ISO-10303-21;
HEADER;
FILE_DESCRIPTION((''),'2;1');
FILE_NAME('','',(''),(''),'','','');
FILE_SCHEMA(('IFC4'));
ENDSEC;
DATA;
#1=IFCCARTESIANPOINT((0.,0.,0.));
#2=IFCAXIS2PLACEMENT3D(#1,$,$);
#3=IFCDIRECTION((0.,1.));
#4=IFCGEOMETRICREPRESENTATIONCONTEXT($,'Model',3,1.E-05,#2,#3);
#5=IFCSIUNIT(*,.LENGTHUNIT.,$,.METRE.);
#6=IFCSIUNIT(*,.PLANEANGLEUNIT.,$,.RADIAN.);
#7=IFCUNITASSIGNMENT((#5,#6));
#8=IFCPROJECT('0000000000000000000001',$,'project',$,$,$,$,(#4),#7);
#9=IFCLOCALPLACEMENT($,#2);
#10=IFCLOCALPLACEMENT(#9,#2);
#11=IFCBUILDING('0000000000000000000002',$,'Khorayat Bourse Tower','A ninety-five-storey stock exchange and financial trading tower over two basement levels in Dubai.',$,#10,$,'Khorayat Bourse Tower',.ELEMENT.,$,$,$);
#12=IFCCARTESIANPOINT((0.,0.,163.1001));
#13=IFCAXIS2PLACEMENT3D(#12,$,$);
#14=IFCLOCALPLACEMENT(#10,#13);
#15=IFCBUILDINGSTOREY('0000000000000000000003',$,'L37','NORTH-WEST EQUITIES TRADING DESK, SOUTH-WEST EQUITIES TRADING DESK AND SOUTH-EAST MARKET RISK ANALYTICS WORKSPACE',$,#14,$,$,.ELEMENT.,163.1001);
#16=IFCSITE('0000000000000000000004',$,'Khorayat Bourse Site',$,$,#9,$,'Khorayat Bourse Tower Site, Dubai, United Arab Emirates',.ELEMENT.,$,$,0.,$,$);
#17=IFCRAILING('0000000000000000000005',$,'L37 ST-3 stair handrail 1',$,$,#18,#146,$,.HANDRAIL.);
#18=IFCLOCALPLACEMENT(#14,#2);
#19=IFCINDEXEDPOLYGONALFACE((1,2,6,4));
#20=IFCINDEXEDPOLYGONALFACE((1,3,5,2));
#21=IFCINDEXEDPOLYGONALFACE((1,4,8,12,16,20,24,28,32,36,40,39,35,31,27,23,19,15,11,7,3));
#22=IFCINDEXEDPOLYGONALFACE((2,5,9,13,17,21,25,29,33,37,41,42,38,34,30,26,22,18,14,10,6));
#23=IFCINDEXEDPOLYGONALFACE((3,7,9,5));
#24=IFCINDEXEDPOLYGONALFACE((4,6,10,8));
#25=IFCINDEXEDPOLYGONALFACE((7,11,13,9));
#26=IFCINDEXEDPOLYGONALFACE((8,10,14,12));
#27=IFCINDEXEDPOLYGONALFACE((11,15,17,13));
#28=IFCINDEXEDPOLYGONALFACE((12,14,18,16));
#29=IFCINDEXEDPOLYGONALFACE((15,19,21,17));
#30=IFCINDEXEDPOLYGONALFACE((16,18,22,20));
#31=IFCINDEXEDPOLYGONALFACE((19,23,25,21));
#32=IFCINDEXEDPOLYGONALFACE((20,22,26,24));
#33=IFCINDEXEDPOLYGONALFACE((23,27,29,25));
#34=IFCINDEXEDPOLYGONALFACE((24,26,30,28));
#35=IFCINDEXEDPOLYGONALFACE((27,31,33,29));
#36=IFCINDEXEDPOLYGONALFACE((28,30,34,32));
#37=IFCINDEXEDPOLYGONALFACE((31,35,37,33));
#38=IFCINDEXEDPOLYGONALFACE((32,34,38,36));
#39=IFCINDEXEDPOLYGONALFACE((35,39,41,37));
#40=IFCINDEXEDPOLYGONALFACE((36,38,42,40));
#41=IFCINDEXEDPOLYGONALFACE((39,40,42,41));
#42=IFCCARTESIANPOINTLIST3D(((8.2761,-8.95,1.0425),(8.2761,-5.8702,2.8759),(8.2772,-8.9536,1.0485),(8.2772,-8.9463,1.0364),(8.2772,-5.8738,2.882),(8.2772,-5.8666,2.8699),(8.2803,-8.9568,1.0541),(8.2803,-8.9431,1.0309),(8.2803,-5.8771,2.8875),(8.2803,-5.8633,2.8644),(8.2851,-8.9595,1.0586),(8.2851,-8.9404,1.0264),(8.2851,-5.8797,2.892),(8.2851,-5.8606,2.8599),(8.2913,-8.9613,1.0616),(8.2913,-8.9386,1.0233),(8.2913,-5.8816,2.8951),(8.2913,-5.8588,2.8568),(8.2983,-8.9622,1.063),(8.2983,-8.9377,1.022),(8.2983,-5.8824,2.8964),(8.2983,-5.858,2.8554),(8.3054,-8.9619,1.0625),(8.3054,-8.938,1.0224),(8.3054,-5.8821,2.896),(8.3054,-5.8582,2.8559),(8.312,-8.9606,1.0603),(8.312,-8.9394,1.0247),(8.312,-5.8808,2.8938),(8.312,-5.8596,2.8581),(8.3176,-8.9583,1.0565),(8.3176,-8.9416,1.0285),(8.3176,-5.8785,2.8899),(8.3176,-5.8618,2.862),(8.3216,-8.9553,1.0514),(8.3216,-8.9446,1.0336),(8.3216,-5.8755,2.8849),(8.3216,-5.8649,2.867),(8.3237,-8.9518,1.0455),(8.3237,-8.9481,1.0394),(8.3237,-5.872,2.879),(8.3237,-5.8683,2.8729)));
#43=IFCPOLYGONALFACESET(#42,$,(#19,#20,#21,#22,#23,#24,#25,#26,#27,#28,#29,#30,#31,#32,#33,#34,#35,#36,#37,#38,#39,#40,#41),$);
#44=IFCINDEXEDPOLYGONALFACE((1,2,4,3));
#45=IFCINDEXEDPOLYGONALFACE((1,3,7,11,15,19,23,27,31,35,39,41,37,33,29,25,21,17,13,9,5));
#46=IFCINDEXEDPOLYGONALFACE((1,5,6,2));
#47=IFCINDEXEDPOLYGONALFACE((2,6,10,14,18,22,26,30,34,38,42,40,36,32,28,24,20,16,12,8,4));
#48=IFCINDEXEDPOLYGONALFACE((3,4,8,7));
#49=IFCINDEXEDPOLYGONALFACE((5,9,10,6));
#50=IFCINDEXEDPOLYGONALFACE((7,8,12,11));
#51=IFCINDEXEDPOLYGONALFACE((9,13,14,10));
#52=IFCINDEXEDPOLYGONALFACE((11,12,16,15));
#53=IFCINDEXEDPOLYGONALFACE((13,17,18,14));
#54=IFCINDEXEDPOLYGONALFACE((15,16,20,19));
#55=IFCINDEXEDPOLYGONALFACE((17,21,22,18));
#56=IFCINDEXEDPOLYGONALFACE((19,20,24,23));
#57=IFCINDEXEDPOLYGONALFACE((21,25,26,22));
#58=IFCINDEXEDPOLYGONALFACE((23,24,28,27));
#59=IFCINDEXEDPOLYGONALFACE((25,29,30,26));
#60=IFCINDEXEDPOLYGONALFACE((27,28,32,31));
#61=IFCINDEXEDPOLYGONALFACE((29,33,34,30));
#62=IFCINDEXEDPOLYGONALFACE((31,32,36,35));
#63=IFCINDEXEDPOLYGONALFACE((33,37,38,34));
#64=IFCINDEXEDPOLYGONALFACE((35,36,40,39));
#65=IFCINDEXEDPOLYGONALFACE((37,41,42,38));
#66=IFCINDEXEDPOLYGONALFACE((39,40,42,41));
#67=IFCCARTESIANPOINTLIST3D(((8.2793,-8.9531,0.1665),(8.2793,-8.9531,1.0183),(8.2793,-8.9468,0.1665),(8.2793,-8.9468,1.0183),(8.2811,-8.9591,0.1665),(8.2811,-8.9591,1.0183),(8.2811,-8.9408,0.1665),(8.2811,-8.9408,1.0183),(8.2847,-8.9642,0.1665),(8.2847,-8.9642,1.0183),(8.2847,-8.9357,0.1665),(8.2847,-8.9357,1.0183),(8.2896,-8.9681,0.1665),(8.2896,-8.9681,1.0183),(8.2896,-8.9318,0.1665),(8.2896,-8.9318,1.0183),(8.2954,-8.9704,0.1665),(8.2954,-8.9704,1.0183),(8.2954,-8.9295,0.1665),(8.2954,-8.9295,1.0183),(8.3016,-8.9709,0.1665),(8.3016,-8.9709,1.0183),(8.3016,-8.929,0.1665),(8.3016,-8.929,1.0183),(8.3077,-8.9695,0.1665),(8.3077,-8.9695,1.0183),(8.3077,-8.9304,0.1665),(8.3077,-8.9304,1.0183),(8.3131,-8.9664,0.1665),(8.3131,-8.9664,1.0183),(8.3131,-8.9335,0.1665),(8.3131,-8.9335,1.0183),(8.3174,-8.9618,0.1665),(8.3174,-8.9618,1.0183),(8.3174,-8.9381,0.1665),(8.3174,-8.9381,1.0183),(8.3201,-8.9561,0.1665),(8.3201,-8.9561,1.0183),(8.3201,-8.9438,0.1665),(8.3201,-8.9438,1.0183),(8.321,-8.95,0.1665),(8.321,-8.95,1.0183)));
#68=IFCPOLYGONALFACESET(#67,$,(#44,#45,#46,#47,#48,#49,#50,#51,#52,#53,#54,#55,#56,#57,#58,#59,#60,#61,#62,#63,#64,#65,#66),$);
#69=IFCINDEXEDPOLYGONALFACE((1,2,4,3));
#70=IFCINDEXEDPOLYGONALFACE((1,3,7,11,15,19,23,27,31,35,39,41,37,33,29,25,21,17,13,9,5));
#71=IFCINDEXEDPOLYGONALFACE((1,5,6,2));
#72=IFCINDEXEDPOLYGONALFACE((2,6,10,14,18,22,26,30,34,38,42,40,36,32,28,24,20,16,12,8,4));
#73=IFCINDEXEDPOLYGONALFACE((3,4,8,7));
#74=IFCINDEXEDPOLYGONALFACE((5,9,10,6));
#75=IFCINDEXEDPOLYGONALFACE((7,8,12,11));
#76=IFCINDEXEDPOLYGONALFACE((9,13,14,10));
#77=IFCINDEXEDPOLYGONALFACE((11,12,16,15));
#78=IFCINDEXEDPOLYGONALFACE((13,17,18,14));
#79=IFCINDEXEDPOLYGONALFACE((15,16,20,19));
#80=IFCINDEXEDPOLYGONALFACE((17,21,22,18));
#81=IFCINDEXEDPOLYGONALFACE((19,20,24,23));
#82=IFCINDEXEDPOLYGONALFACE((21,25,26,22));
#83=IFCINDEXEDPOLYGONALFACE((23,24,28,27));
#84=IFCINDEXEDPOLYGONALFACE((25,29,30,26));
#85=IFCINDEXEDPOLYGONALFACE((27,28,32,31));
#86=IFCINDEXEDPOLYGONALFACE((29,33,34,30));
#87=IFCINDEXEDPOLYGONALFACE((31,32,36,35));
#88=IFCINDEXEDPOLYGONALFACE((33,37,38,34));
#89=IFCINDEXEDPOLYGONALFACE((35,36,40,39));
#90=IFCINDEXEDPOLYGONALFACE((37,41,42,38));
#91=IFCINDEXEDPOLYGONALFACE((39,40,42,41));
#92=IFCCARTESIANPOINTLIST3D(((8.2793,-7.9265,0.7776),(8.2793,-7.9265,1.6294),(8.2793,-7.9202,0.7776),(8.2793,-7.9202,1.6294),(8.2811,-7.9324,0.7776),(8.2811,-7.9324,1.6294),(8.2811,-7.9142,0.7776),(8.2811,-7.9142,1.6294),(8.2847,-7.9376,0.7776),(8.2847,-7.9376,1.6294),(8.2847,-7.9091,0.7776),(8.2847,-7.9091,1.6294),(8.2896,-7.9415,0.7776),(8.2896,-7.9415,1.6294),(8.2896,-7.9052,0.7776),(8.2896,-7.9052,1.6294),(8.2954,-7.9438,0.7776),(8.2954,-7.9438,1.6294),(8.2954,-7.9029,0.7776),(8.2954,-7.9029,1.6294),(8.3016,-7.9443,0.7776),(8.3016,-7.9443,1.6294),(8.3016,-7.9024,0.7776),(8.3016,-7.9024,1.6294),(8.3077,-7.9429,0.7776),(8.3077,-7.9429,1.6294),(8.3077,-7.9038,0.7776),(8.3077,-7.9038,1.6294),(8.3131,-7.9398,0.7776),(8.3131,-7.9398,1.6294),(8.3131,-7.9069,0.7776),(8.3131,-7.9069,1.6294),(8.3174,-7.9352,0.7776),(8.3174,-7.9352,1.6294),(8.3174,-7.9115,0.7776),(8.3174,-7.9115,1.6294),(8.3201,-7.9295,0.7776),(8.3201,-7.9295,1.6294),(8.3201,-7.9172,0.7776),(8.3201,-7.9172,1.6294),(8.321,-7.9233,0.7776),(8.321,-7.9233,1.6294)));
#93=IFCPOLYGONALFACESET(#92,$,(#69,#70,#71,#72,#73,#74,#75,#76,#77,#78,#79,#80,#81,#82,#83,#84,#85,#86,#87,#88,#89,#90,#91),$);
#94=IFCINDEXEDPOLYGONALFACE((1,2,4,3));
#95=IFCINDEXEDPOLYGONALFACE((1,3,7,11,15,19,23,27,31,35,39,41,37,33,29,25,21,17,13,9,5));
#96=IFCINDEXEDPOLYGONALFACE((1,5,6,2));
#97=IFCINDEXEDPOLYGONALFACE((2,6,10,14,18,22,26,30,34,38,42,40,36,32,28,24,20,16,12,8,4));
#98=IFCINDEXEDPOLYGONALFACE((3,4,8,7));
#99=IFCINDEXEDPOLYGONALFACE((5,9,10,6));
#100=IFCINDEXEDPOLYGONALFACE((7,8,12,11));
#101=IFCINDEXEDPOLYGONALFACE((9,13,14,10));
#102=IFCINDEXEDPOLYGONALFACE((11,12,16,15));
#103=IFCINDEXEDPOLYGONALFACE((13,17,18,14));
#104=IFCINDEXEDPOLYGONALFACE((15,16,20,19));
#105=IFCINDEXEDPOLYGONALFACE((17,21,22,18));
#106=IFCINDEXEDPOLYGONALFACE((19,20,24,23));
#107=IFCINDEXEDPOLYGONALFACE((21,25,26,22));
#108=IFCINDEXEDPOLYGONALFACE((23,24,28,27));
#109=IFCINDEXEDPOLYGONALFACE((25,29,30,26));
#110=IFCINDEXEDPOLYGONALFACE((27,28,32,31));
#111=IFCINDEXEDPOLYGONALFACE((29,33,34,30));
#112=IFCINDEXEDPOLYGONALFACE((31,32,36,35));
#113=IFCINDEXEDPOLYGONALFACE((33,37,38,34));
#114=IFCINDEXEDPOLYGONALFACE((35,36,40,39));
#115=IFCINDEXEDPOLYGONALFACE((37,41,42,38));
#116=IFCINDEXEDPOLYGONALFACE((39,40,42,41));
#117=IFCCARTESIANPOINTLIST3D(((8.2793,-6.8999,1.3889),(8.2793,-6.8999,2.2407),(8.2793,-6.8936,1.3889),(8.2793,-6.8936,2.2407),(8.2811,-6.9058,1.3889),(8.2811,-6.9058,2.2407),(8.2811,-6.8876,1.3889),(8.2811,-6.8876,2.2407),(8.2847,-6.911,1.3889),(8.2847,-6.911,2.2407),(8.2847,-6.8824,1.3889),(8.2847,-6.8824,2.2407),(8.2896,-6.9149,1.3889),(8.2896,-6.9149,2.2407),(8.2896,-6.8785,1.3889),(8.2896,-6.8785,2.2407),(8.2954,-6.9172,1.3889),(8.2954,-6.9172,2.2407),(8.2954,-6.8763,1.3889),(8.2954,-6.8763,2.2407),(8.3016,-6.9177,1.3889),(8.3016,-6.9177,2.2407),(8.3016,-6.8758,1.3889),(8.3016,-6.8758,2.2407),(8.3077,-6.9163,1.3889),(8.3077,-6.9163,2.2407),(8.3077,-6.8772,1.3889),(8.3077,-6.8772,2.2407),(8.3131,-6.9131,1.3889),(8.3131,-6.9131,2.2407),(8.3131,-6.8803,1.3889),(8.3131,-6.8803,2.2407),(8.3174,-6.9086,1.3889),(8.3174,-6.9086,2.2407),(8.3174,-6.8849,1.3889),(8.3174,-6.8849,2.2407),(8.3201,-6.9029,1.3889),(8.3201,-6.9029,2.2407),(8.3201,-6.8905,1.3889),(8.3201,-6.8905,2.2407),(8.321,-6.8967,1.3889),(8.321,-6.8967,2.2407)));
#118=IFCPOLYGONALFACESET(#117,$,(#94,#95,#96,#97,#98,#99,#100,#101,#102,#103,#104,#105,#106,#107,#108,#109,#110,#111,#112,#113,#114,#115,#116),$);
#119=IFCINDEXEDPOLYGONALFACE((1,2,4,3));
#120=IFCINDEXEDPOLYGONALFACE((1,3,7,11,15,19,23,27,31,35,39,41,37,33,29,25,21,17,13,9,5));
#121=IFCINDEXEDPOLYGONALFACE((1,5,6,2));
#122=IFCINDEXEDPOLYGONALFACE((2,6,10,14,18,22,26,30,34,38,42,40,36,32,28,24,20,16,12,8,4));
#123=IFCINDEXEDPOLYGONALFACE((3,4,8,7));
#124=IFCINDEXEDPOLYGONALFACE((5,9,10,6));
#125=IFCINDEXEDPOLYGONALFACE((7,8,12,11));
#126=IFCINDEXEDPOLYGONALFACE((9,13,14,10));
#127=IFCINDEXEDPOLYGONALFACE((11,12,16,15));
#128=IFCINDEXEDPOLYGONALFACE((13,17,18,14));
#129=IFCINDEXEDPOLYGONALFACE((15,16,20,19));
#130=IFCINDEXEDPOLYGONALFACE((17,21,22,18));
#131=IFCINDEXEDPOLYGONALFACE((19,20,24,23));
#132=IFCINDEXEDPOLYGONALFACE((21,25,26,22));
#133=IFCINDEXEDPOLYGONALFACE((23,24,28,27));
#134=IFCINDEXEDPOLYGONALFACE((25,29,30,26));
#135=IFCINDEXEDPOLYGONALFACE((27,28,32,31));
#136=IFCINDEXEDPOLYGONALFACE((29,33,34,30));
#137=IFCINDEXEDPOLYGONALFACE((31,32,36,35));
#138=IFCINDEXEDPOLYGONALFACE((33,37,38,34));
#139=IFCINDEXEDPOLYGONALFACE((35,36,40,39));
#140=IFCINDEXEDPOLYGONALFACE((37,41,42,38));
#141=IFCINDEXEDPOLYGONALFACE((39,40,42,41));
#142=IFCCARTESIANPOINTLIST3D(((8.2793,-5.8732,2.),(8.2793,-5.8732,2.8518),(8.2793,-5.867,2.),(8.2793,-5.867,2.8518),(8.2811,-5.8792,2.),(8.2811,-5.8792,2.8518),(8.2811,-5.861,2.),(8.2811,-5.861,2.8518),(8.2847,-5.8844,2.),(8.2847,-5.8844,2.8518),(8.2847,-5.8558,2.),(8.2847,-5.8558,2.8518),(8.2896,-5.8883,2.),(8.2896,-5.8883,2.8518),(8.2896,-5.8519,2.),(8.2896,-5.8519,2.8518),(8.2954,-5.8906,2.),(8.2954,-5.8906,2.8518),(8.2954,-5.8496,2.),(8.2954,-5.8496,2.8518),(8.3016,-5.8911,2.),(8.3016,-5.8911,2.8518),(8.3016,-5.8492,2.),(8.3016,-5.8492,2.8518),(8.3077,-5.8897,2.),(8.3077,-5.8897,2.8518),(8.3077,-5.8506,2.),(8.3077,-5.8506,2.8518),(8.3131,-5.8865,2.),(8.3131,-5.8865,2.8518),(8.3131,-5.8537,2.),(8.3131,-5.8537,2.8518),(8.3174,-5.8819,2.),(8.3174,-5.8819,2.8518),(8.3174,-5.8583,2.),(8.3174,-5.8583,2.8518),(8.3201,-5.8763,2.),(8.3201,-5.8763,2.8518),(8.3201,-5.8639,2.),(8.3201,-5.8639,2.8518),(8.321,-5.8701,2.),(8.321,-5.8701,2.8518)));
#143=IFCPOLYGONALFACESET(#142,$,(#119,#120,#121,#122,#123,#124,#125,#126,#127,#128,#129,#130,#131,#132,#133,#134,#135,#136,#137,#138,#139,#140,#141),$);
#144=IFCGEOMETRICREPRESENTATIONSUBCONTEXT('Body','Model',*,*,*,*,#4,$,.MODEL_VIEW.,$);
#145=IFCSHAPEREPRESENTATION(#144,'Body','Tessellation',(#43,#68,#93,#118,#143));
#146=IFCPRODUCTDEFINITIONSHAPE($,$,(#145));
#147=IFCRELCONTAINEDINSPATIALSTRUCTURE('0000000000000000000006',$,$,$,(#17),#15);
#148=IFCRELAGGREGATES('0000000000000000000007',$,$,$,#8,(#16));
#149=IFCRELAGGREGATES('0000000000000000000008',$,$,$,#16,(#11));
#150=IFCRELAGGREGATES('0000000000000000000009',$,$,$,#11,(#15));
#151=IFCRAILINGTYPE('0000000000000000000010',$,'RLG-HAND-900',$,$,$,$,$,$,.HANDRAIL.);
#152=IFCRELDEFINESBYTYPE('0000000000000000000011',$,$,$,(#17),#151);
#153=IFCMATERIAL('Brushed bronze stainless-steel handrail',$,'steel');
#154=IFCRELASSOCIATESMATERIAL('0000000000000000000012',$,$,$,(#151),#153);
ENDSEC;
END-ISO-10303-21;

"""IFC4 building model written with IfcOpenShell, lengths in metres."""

from ifc_helpers import new_model, si_unit, direction, frame, origin, origin_2d, place, context, subcontext, project, spatial, circle, extrude, source, transform, mapped, material, type_object, element, save


model = new_model("IFC4")

# Units and contexts
model_context = context("Model", 3, precision=1e-05, world=origin(), true_north=direction((0.0, 1.0)))
body_context = subcontext(model_context, "Body", "Model", "MODEL_VIEW")
ifc_project = project(units=[si_unit("LENGTHUNIT", "METRE"), si_unit("PLANEANGLEUNIT", "RADIAN")], contexts=[model_context])

# Site, building, storey
site_placement = place(None, origin())
site = spatial("IfcSite", under=ifc_project, at=site_placement, Name="Khorayat Bourse Site", LongName="Khorayat Bourse Tower Site, Dubai, United Arab Emirates", CompositionType="ELEMENT", RefElevation=0.0)
building_placement = place(site_placement, origin())
building = spatial("IfcBuilding", under=site, at=building_placement, Name="Khorayat Bourse Tower", Description="A ninety-five-storey stock exchange and financial trading tower over two basement levels in Dubai.", LongName="Khorayat Bourse Tower", CompositionType="ELEMENT")
storey_placement = place(building_placement, frame((0.0, 0.0, 163.1001)))
storey = spatial("IfcBuildingStorey", under=building, at=storey_placement, Name="L37", Description="NORTH-WEST EQUITIES TRADING DESK, SOUTH-WEST EQUITIES TRADING DESK AND SOUTH-EAST MARKET RISK ANALYTICS WORKSPACE", CompositionType="ELEMENT", Elevation=163.1001)

# Railing
ifc_material_1 = material(Name="Brushed bronze stainless-steel handrail", Category="steel")
railing_type_1 = type_object("IfcRailingType", Name="RLG-HAND-900", PredefinedType="HANDRAIL", material=ifc_material_1)
shared_shape_1 = source(origin(), body_context, "Body", "SweptSolid", [
    extrude(circle(Radius=0.0239, at=origin_2d()), frame((0.0, 0.0, 0.876), z_axis=(0.0, 0.859261, 0.511538), x_axis=(-1.0, 0.0, 0.0)), (0.0, 0.0, 1.0), 3.5842),
    extrude(circle(Radius=0.021, at=origin_2d()), origin(), (0.0, 0.0, 1.0), 0.8518),
    extrude(circle(Radius=0.021, at=origin_2d()), frame((0.0, 1.0266, 0.6111)), (0.0, 0.0, 1.0), 0.8518),
    extrude(circle(Radius=0.021, at=origin_2d()), frame((0.0, 2.0532, 1.2224)), (0.0, 0.0, 1.0), 0.8518),
    extrude(circle(Radius=0.021, at=origin_2d()), frame((0.0, 3.0798, 1.8335)), (0.0, 0.0, 1.0), 0.8518),
])
railing_1_placement = place(storey_placement, frame((8.3, -8.95, 0.1665)))
element("IfcRailing", 1, at=railing_1_placement, inside=storey, type_object=railing_type_1, Name="L37 ST-3 stair handrail 1", PredefinedType="HANDRAIL", context=body_context, shape_type="MappedRepresentation", body=[
    mapped(shared_shape_1, transform((0.0, 0.0, 0.0), scale=1.0)),
])

save(model, "model.ifc")
